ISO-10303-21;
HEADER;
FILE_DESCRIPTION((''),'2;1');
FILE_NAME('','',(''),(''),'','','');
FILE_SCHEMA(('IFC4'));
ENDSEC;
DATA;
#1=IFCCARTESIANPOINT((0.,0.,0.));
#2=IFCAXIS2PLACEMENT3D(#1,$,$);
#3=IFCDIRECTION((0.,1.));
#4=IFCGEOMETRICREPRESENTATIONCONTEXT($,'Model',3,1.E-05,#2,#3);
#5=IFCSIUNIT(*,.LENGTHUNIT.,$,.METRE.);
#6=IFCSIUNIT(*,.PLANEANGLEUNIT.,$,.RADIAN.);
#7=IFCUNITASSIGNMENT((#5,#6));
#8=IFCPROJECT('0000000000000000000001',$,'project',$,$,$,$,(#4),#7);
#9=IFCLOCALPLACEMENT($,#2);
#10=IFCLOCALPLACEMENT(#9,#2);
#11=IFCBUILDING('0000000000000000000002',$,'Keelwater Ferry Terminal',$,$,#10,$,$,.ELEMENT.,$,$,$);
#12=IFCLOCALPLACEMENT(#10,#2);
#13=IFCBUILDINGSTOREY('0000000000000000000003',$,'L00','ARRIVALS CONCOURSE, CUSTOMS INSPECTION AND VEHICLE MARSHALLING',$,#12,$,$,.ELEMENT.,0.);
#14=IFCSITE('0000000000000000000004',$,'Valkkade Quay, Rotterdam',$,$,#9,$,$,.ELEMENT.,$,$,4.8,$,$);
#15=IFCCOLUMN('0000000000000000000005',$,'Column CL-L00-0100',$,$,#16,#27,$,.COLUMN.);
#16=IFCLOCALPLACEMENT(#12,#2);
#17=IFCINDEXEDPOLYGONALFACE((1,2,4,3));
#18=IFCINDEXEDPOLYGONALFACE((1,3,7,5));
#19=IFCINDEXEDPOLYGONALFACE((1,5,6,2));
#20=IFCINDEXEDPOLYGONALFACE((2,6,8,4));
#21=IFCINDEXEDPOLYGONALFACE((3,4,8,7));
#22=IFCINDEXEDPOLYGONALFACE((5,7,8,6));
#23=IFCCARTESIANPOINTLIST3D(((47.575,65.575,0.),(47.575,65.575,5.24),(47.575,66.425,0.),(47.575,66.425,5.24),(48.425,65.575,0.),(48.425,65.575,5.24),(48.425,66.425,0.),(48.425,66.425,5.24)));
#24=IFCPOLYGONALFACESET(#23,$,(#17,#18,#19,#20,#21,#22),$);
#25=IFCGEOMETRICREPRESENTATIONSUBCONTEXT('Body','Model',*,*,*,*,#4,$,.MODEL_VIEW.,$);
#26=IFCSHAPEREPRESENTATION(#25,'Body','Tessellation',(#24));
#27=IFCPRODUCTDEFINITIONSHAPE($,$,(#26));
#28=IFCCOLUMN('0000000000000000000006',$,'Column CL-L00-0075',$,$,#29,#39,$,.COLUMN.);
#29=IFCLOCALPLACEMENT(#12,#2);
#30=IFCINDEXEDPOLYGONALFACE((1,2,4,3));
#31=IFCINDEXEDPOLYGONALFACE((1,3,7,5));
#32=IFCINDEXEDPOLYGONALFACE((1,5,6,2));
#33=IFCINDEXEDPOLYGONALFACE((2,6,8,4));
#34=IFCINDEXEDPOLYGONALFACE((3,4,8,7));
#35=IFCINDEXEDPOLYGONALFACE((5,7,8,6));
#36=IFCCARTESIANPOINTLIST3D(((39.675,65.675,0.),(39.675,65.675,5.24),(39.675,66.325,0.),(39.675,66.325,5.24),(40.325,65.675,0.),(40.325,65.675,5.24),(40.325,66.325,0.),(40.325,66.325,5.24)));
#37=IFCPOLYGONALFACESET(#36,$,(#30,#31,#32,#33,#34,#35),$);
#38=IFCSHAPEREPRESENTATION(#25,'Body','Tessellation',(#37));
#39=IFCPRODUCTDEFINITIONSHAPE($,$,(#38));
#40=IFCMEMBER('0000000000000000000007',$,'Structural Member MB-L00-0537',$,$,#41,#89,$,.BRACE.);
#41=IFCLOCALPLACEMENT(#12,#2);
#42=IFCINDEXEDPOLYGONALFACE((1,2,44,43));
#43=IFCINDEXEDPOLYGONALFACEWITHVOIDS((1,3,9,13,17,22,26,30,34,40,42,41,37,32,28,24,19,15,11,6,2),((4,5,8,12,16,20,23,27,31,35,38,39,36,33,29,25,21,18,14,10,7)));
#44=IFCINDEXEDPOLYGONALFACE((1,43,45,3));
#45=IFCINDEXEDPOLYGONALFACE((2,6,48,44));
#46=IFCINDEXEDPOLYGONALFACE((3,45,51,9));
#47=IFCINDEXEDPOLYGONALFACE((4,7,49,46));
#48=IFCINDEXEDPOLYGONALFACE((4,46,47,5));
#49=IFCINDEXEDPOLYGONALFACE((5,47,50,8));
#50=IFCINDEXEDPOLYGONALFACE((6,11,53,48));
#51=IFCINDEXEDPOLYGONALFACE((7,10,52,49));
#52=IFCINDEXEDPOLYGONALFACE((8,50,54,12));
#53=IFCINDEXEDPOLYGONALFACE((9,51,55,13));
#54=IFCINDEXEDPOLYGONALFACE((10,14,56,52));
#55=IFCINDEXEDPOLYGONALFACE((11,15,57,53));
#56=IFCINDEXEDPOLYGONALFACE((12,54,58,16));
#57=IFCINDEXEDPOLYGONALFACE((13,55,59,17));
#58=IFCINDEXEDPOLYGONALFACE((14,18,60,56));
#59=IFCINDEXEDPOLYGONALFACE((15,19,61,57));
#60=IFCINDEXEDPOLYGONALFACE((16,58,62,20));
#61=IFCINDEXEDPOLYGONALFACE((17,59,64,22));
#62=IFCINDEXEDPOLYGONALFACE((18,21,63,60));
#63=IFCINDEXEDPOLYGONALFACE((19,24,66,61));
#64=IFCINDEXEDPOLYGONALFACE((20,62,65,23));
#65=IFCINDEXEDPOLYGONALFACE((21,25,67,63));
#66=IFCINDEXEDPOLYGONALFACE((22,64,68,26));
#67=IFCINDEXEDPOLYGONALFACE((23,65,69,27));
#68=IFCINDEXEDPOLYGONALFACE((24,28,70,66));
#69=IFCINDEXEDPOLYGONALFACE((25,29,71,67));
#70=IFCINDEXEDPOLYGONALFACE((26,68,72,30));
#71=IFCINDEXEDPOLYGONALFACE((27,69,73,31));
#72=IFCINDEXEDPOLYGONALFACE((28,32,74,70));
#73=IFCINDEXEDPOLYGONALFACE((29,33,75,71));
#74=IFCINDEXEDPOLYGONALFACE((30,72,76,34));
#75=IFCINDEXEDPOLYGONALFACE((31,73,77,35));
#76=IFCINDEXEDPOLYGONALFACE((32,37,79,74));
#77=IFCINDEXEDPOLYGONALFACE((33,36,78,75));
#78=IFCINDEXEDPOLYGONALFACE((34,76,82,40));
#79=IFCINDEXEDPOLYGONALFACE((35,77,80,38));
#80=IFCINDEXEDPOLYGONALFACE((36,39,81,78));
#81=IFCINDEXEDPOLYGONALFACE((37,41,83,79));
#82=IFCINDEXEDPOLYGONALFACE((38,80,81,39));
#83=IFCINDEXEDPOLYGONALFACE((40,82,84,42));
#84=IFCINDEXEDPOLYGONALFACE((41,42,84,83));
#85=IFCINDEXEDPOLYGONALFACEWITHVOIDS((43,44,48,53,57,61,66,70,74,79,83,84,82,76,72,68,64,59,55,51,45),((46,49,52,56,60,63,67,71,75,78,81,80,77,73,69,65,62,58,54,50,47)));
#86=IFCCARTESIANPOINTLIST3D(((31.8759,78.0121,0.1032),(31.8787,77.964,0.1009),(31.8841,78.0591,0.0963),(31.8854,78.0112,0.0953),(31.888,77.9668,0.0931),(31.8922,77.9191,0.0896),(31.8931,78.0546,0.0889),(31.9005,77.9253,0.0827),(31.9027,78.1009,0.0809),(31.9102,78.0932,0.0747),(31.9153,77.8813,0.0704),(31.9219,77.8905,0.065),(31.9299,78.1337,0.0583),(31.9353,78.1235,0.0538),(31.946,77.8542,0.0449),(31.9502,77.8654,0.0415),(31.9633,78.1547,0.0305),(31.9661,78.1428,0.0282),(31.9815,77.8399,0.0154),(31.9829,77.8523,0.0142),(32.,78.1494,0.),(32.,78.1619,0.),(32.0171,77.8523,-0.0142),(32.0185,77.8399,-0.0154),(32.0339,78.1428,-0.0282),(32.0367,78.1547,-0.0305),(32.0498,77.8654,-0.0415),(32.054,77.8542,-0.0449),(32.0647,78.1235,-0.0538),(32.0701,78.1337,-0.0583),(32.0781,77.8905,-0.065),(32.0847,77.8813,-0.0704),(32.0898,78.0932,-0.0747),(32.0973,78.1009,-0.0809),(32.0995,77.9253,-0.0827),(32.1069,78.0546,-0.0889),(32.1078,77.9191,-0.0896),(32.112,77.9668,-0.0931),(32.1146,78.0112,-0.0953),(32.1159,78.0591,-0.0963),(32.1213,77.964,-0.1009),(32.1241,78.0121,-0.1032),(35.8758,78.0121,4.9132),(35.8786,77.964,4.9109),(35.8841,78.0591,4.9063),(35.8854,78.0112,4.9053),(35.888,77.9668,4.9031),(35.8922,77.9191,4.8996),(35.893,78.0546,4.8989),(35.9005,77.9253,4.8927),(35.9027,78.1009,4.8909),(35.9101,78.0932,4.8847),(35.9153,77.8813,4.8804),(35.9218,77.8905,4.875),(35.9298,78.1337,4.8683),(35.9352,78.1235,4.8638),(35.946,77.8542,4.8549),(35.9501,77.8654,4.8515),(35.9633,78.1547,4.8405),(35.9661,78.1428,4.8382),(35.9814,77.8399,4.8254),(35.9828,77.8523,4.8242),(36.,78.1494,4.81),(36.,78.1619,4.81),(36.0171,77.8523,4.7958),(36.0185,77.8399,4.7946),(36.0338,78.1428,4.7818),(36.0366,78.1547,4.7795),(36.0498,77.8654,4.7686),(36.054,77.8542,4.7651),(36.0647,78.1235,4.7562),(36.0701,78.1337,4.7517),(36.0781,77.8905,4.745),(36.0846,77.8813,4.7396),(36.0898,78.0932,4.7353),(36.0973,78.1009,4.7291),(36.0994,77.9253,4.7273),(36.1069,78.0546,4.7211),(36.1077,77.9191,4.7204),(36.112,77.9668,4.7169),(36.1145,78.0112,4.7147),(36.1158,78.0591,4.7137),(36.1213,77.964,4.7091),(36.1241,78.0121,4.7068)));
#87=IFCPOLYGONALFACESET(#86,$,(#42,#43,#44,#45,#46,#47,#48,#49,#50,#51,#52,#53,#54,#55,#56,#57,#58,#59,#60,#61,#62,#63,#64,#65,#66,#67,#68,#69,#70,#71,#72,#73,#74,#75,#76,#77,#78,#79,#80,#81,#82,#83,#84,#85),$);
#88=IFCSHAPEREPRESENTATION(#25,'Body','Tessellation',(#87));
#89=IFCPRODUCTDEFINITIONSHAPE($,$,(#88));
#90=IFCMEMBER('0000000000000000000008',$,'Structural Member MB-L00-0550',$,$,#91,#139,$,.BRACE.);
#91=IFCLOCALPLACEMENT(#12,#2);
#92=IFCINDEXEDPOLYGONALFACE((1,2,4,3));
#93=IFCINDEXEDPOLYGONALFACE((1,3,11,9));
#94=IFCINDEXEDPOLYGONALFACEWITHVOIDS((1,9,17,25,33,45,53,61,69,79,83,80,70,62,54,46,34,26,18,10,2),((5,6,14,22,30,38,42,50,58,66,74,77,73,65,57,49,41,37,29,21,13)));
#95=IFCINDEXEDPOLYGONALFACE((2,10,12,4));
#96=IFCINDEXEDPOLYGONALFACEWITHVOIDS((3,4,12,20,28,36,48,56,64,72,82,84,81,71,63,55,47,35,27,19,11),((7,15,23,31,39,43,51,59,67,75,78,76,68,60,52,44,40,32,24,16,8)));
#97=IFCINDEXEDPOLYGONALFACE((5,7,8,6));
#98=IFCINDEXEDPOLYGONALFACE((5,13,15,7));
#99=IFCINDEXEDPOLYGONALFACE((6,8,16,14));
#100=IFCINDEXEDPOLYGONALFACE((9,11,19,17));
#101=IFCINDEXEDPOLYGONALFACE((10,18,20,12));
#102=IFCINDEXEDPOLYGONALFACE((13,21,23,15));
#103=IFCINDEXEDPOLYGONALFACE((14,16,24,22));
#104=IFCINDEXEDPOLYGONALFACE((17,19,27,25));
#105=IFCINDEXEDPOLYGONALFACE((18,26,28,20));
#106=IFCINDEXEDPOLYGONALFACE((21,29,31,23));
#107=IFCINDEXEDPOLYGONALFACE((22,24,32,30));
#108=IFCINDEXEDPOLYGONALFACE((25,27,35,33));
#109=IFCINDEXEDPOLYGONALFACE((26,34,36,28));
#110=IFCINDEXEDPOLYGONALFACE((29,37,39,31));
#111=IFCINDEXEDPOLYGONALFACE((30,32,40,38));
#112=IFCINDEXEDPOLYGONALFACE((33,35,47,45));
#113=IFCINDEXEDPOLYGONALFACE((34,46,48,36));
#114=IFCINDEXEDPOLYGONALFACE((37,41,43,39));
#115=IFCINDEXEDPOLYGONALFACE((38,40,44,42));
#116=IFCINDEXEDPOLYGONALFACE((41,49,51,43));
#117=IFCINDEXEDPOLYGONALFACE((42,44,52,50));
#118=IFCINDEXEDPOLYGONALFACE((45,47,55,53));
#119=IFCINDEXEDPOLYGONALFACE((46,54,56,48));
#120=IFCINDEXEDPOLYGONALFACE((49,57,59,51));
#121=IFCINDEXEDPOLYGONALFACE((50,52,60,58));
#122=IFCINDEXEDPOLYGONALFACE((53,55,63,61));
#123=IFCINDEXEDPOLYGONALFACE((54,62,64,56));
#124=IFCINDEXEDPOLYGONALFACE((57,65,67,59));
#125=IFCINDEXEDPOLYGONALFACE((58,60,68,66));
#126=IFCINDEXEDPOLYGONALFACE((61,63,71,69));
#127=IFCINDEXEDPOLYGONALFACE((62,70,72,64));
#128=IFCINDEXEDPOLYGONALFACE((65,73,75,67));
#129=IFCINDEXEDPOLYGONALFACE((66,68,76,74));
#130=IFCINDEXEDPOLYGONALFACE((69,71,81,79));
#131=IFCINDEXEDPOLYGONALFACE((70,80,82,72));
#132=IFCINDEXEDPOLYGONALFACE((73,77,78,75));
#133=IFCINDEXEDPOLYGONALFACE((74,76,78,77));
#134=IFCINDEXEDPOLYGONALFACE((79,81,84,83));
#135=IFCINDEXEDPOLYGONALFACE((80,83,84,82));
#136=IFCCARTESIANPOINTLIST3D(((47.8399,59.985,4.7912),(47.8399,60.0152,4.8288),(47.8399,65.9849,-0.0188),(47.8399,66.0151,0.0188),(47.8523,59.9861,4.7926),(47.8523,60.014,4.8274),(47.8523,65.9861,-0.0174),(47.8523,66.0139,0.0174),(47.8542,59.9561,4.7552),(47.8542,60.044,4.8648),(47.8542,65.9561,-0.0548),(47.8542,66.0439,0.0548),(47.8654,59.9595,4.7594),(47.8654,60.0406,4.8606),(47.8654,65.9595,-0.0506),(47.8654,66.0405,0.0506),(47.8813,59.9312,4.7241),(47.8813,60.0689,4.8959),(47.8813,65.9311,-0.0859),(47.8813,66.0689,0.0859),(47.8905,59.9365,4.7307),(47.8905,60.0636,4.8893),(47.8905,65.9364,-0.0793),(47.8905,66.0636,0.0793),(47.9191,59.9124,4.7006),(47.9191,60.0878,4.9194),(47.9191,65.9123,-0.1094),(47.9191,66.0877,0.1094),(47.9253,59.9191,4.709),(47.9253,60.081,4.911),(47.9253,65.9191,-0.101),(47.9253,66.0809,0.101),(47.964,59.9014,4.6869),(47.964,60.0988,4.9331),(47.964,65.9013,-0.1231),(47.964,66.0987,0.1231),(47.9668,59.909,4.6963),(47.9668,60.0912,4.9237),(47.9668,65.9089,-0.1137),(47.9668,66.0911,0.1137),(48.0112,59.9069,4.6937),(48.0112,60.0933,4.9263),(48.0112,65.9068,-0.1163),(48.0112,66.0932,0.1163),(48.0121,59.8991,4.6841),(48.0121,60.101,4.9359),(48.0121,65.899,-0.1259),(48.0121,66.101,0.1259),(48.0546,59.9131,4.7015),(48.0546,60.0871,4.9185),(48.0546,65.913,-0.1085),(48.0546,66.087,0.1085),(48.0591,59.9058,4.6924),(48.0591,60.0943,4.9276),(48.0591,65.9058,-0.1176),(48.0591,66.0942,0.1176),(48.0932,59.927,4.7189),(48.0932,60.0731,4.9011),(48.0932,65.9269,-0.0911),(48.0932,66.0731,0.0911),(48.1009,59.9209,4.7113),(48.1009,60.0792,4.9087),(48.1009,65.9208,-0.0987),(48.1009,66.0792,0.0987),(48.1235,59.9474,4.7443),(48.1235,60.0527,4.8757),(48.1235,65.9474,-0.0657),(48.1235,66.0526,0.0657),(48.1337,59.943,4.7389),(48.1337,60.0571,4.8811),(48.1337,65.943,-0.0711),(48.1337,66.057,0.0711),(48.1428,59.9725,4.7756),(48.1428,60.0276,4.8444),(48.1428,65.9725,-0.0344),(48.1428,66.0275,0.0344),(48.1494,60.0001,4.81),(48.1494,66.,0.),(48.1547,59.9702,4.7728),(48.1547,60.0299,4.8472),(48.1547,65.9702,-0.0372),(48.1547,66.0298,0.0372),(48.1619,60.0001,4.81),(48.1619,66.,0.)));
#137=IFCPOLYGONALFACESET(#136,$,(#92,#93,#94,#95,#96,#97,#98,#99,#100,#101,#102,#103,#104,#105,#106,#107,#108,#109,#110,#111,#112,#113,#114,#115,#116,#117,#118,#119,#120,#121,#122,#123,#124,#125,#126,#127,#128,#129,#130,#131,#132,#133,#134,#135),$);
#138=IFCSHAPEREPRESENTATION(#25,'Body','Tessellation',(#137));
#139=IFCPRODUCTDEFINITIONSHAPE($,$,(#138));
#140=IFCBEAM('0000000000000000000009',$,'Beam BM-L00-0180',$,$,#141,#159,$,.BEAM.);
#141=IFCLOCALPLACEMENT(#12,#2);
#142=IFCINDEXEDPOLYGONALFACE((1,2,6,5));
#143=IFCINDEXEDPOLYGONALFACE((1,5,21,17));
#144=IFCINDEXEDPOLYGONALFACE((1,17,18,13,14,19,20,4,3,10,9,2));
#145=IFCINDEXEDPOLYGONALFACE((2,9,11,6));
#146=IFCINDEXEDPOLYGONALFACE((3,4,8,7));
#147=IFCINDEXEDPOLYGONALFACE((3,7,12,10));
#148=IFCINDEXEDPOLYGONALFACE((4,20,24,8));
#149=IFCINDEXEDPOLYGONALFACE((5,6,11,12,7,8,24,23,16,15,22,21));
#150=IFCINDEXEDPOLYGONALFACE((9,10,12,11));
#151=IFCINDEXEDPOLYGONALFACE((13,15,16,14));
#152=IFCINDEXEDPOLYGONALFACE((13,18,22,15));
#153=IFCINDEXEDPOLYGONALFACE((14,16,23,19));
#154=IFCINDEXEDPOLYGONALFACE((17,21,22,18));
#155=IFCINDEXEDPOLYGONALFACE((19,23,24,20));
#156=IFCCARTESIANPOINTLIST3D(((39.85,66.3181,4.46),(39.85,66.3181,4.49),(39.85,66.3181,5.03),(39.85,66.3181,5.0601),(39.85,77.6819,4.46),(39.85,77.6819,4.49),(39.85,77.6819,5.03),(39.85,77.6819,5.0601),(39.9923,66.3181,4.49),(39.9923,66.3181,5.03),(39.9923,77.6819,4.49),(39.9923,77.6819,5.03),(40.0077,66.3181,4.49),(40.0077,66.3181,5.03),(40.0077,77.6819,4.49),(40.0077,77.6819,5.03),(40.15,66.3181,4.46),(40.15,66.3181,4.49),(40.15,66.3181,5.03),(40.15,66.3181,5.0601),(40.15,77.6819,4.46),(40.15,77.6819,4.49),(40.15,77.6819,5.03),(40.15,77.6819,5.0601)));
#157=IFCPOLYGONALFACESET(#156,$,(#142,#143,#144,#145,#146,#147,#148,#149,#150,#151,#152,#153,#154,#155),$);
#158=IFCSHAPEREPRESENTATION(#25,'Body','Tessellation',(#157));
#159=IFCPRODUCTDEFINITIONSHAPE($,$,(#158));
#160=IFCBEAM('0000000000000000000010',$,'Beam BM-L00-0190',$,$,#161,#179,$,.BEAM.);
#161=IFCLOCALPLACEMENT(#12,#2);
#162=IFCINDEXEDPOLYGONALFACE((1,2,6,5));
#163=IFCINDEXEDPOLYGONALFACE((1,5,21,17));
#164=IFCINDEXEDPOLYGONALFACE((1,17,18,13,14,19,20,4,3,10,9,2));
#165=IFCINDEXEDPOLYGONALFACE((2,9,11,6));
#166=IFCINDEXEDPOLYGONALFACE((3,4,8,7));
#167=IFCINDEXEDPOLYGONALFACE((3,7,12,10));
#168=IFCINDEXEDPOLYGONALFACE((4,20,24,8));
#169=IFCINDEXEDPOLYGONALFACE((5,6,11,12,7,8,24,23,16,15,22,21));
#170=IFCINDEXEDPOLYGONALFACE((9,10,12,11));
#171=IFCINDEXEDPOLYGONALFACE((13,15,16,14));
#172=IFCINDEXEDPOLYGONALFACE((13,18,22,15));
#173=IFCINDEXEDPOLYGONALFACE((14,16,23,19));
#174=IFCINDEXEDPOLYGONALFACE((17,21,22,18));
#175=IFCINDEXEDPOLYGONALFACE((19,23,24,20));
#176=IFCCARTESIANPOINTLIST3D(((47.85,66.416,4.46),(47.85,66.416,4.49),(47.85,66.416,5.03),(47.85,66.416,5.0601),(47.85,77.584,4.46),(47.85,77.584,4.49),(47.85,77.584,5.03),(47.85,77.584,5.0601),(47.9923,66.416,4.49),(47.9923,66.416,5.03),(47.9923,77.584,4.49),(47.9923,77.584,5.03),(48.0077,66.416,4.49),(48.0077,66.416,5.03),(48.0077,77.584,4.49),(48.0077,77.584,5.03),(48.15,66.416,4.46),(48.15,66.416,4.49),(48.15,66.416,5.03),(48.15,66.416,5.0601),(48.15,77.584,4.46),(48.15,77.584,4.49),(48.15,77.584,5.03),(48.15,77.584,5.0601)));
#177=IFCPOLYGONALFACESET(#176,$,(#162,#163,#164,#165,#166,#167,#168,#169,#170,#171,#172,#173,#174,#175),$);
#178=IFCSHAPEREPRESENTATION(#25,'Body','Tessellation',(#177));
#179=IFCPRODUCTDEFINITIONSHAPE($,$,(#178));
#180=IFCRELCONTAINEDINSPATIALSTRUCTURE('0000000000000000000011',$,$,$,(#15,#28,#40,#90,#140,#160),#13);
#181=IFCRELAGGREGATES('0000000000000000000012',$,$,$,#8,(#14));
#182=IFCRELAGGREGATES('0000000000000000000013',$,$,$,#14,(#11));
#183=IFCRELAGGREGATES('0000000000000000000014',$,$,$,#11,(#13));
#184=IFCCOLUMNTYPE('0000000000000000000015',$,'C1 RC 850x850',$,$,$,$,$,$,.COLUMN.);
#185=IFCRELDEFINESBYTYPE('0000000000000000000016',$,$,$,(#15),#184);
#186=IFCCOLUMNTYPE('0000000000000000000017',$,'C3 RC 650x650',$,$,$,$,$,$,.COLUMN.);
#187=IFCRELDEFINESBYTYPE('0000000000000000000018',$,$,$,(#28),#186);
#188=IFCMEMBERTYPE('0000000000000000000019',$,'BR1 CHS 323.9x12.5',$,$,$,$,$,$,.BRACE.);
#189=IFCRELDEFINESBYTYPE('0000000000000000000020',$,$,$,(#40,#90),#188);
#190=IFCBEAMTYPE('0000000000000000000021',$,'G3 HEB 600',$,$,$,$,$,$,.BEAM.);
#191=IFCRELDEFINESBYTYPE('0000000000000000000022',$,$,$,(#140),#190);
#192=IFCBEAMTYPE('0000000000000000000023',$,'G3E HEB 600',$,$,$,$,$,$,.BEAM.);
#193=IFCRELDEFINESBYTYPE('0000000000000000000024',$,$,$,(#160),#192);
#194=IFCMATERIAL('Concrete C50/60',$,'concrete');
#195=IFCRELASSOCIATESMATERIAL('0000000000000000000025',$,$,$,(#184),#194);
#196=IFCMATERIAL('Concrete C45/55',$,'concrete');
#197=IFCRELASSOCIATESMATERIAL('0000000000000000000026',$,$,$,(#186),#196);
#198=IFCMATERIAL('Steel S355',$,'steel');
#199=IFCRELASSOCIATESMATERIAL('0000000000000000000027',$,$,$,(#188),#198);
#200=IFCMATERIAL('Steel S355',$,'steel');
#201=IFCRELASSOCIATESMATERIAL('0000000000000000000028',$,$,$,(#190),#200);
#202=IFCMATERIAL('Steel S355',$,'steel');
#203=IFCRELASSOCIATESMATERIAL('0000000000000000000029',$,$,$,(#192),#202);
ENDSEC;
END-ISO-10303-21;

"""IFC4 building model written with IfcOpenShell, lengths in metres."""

from ifc_helpers import new_model, si_unit, direction, frame, origin, origin_2d, place, context, subcontext, project, spatial, rectangle, hollow_circle, i_section, extrude, material, material_profile, profile_set, type_object, element, save


model = new_model("IFC4")

# Units and contexts
model_context = context("Model", 3, precision=1e-05, world=origin(), true_north=direction((0.0, 1.0)))
body_context = subcontext(model_context, "Body", "Model", "MODEL_VIEW")
ifc_project = project(units=[si_unit("LENGTHUNIT", "METRE"), si_unit("PLANEANGLEUNIT", "RADIAN")], contexts=[model_context])

# Site, building, storey
site_placement = place(None, origin())
site = spatial("IfcSite", under=ifc_project, at=site_placement, Name="Valkkade Quay, Rotterdam", CompositionType="ELEMENT", RefElevation=4.8)
building_placement = place(site_placement, origin())
building = spatial("IfcBuilding", under=site, at=building_placement, Name="Keelwater Ferry Terminal", CompositionType="ELEMENT")
storey_placement = place(building_placement, origin())
storey = spatial("IfcBuildingStorey", under=building, at=storey_placement, Name="L00", Description="ARRIVALS CONCOURSE, CUSTOMS INSPECTION AND VEHICLE MARSHALLING", CompositionType="ELEMENT", Elevation=0.0)

# Columns
ifc_material_1 = material(Name="Concrete C50/60", Category="concrete")
ifc_material_profile_1 = material_profile(ifc_material_1, rectangle(XDim=0.8501, YDim=0.8501, at=origin_2d()), Name="RC 850x850")
ifc_profile_set_1 = profile_set([ifc_material_profile_1], Name="Concrete C50/60")
column_type_1 = type_object("IfcColumnType", Name="C1 RC 850x850", PredefinedType="COLUMN", material=ifc_profile_set_1)
column_1_placement = place(storey_placement, frame((48.0, 66.0, 0.0), z_axis=(0.0, 0.0, 1.0), x_axis=(1.0, 0.0, 0.0)))
element("IfcColumn", 1, at=column_1_placement, inside=storey, type_object=column_type_1, Name="Column CL-L00-0100", PredefinedType="COLUMN", context=body_context, shape_type="SweptSolid", body=[
    extrude(rectangle(XDim=0.8501, YDim=0.8501, at=origin_2d()), origin(), (0.0, 0.0, 1.0), 5.24),
])
ifc_material_2 = material(Name="Concrete C45/55", Category="concrete")
ifc_material_profile_2 = material_profile(ifc_material_2, rectangle(XDim=0.6499, YDim=0.6499, at=origin_2d()), Name="RC 650x650")
ifc_profile_set_2 = profile_set([ifc_material_profile_2], Name="Concrete C45/55")
column_type_2 = type_object("IfcColumnType", Name="C3 RC 650x650", PredefinedType="COLUMN", material=ifc_profile_set_2)
column_2_placement = place(storey_placement, frame((40.0, 66.0, 0.0), z_axis=(0.0, 0.0, 1.0), x_axis=(1.0, 0.0, 0.0)))
element("IfcColumn", 2, at=column_2_placement, inside=storey, type_object=column_type_2, Name="Column CL-L00-0075", PredefinedType="COLUMN", context=body_context, shape_type="SweptSolid", body=[
    extrude(rectangle(XDim=0.6499, YDim=0.6499, at=origin_2d()), origin(), (0.0, 0.0, 1.0), 5.24),
])

# Members
ifc_material_3 = material(Name="Steel S355", Category="steel")
ifc_material_profile_3 = material_profile(ifc_material_3, hollow_circle(Radius=0.1619, WallThickness=0.0125, at=origin_2d()), Name="CHS 323.9x12.5")
ifc_profile_set_3 = profile_set([ifc_material_profile_3], Name="Steel S355")
member_type = type_object("IfcMemberType", Name="BR1 CHS 323.9x12.5", PredefinedType="BRACE", material=ifc_profile_set_3)
member_1_placement = place(storey_placement, frame((32.0, 78.0, 0.0), z_axis=(0.639393, 0.0, 0.76888), x_axis=(0.0, 1.0, 0.0)))
element("IfcMember", 3, at=member_1_placement, inside=storey, type_object=member_type, Name="Structural Member MB-L00-0537", PredefinedType="BRACE", context=body_context, shape_type="SweptSolid", body=[
    extrude(hollow_circle(Radius=0.1619, WallThickness=0.0125, at=origin_2d()), origin(), (0.0, 0.0, 1.0), 6.2559),
])
member_2_placement = place(storey_placement, frame((48.0, 66.0, 0.0), z_axis=(0.0, -0.78023, 0.625492), x_axis=(1.0, 0.0, 0.0)))
element("IfcMember", 4, at=member_2_placement, inside=storey, type_object=member_type, Name="Structural Member MB-L00-0550", PredefinedType="BRACE", context=body_context, shape_type="SweptSolid", body=[
    extrude(hollow_circle(Radius=0.1619, WallThickness=0.0125, at=origin_2d()), origin(), (0.0, 0.0, 1.0), 7.6899),
])

# Beams
ifc_material_4 = material(Name="Steel S355", Category="steel")
ifc_material_profile_4 = material_profile(ifc_material_4, i_section(OverallWidth=0.3, OverallDepth=0.6001, WebThickness=0.0154, FlangeThickness=0.03, at=origin_2d()), Name="HEB 600")
ifc_profile_set_4 = profile_set([ifc_material_profile_4], Name="Steel S355")
beam_type_1 = type_object("IfcBeamType", Name="G3 HEB 600", PredefinedType="BEAM", material=ifc_profile_set_4)
beam_1_placement = place(storey_placement, frame((40.0, 66.3181, 4.76), z_axis=(0.0, 1.0, 0.0), x_axis=(-1.0, 0.0, 0.0)))
element("IfcBeam", 5, at=beam_1_placement, inside=storey, type_object=beam_type_1, Name="Beam BM-L00-0180", PredefinedType="BEAM", context=body_context, shape_type="SweptSolid", body=[
    extrude(i_section(OverallWidth=0.3, OverallDepth=0.6001, WebThickness=0.0154, FlangeThickness=0.03, at=origin_2d()), origin(), (0.0, 0.0, 1.0), 11.3638),
])
ifc_material_5 = material(Name="Steel S355", Category="steel")
ifc_material_profile_5 = material_profile(ifc_material_5, i_section(OverallWidth=0.3, OverallDepth=0.6001, WebThickness=0.0154, FlangeThickness=0.03, at=origin_2d()), Name="HEB 600")
ifc_profile_set_5 = profile_set([ifc_material_profile_5], Name="Steel S355")
beam_type_2 = type_object("IfcBeamType", Name="G3E HEB 600", PredefinedType="BEAM", material=ifc_profile_set_5)
beam_2_placement = place(storey_placement, frame((48.0, 66.416, 4.76), z_axis=(0.0, 1.0, 0.0), x_axis=(-1.0, 0.0, 0.0)))
element("IfcBeam", 6, at=beam_2_placement, inside=storey, type_object=beam_type_2, Name="Beam BM-L00-0190", PredefinedType="BEAM", context=body_context, shape_type="SweptSolid", body=[
    extrude(i_section(OverallWidth=0.3, OverallDepth=0.6001, WebThickness=0.0154, FlangeThickness=0.03, at=origin_2d()), origin(), (0.0, 0.0, 1.0), 11.168),
])

save(model, "model.ifc")
